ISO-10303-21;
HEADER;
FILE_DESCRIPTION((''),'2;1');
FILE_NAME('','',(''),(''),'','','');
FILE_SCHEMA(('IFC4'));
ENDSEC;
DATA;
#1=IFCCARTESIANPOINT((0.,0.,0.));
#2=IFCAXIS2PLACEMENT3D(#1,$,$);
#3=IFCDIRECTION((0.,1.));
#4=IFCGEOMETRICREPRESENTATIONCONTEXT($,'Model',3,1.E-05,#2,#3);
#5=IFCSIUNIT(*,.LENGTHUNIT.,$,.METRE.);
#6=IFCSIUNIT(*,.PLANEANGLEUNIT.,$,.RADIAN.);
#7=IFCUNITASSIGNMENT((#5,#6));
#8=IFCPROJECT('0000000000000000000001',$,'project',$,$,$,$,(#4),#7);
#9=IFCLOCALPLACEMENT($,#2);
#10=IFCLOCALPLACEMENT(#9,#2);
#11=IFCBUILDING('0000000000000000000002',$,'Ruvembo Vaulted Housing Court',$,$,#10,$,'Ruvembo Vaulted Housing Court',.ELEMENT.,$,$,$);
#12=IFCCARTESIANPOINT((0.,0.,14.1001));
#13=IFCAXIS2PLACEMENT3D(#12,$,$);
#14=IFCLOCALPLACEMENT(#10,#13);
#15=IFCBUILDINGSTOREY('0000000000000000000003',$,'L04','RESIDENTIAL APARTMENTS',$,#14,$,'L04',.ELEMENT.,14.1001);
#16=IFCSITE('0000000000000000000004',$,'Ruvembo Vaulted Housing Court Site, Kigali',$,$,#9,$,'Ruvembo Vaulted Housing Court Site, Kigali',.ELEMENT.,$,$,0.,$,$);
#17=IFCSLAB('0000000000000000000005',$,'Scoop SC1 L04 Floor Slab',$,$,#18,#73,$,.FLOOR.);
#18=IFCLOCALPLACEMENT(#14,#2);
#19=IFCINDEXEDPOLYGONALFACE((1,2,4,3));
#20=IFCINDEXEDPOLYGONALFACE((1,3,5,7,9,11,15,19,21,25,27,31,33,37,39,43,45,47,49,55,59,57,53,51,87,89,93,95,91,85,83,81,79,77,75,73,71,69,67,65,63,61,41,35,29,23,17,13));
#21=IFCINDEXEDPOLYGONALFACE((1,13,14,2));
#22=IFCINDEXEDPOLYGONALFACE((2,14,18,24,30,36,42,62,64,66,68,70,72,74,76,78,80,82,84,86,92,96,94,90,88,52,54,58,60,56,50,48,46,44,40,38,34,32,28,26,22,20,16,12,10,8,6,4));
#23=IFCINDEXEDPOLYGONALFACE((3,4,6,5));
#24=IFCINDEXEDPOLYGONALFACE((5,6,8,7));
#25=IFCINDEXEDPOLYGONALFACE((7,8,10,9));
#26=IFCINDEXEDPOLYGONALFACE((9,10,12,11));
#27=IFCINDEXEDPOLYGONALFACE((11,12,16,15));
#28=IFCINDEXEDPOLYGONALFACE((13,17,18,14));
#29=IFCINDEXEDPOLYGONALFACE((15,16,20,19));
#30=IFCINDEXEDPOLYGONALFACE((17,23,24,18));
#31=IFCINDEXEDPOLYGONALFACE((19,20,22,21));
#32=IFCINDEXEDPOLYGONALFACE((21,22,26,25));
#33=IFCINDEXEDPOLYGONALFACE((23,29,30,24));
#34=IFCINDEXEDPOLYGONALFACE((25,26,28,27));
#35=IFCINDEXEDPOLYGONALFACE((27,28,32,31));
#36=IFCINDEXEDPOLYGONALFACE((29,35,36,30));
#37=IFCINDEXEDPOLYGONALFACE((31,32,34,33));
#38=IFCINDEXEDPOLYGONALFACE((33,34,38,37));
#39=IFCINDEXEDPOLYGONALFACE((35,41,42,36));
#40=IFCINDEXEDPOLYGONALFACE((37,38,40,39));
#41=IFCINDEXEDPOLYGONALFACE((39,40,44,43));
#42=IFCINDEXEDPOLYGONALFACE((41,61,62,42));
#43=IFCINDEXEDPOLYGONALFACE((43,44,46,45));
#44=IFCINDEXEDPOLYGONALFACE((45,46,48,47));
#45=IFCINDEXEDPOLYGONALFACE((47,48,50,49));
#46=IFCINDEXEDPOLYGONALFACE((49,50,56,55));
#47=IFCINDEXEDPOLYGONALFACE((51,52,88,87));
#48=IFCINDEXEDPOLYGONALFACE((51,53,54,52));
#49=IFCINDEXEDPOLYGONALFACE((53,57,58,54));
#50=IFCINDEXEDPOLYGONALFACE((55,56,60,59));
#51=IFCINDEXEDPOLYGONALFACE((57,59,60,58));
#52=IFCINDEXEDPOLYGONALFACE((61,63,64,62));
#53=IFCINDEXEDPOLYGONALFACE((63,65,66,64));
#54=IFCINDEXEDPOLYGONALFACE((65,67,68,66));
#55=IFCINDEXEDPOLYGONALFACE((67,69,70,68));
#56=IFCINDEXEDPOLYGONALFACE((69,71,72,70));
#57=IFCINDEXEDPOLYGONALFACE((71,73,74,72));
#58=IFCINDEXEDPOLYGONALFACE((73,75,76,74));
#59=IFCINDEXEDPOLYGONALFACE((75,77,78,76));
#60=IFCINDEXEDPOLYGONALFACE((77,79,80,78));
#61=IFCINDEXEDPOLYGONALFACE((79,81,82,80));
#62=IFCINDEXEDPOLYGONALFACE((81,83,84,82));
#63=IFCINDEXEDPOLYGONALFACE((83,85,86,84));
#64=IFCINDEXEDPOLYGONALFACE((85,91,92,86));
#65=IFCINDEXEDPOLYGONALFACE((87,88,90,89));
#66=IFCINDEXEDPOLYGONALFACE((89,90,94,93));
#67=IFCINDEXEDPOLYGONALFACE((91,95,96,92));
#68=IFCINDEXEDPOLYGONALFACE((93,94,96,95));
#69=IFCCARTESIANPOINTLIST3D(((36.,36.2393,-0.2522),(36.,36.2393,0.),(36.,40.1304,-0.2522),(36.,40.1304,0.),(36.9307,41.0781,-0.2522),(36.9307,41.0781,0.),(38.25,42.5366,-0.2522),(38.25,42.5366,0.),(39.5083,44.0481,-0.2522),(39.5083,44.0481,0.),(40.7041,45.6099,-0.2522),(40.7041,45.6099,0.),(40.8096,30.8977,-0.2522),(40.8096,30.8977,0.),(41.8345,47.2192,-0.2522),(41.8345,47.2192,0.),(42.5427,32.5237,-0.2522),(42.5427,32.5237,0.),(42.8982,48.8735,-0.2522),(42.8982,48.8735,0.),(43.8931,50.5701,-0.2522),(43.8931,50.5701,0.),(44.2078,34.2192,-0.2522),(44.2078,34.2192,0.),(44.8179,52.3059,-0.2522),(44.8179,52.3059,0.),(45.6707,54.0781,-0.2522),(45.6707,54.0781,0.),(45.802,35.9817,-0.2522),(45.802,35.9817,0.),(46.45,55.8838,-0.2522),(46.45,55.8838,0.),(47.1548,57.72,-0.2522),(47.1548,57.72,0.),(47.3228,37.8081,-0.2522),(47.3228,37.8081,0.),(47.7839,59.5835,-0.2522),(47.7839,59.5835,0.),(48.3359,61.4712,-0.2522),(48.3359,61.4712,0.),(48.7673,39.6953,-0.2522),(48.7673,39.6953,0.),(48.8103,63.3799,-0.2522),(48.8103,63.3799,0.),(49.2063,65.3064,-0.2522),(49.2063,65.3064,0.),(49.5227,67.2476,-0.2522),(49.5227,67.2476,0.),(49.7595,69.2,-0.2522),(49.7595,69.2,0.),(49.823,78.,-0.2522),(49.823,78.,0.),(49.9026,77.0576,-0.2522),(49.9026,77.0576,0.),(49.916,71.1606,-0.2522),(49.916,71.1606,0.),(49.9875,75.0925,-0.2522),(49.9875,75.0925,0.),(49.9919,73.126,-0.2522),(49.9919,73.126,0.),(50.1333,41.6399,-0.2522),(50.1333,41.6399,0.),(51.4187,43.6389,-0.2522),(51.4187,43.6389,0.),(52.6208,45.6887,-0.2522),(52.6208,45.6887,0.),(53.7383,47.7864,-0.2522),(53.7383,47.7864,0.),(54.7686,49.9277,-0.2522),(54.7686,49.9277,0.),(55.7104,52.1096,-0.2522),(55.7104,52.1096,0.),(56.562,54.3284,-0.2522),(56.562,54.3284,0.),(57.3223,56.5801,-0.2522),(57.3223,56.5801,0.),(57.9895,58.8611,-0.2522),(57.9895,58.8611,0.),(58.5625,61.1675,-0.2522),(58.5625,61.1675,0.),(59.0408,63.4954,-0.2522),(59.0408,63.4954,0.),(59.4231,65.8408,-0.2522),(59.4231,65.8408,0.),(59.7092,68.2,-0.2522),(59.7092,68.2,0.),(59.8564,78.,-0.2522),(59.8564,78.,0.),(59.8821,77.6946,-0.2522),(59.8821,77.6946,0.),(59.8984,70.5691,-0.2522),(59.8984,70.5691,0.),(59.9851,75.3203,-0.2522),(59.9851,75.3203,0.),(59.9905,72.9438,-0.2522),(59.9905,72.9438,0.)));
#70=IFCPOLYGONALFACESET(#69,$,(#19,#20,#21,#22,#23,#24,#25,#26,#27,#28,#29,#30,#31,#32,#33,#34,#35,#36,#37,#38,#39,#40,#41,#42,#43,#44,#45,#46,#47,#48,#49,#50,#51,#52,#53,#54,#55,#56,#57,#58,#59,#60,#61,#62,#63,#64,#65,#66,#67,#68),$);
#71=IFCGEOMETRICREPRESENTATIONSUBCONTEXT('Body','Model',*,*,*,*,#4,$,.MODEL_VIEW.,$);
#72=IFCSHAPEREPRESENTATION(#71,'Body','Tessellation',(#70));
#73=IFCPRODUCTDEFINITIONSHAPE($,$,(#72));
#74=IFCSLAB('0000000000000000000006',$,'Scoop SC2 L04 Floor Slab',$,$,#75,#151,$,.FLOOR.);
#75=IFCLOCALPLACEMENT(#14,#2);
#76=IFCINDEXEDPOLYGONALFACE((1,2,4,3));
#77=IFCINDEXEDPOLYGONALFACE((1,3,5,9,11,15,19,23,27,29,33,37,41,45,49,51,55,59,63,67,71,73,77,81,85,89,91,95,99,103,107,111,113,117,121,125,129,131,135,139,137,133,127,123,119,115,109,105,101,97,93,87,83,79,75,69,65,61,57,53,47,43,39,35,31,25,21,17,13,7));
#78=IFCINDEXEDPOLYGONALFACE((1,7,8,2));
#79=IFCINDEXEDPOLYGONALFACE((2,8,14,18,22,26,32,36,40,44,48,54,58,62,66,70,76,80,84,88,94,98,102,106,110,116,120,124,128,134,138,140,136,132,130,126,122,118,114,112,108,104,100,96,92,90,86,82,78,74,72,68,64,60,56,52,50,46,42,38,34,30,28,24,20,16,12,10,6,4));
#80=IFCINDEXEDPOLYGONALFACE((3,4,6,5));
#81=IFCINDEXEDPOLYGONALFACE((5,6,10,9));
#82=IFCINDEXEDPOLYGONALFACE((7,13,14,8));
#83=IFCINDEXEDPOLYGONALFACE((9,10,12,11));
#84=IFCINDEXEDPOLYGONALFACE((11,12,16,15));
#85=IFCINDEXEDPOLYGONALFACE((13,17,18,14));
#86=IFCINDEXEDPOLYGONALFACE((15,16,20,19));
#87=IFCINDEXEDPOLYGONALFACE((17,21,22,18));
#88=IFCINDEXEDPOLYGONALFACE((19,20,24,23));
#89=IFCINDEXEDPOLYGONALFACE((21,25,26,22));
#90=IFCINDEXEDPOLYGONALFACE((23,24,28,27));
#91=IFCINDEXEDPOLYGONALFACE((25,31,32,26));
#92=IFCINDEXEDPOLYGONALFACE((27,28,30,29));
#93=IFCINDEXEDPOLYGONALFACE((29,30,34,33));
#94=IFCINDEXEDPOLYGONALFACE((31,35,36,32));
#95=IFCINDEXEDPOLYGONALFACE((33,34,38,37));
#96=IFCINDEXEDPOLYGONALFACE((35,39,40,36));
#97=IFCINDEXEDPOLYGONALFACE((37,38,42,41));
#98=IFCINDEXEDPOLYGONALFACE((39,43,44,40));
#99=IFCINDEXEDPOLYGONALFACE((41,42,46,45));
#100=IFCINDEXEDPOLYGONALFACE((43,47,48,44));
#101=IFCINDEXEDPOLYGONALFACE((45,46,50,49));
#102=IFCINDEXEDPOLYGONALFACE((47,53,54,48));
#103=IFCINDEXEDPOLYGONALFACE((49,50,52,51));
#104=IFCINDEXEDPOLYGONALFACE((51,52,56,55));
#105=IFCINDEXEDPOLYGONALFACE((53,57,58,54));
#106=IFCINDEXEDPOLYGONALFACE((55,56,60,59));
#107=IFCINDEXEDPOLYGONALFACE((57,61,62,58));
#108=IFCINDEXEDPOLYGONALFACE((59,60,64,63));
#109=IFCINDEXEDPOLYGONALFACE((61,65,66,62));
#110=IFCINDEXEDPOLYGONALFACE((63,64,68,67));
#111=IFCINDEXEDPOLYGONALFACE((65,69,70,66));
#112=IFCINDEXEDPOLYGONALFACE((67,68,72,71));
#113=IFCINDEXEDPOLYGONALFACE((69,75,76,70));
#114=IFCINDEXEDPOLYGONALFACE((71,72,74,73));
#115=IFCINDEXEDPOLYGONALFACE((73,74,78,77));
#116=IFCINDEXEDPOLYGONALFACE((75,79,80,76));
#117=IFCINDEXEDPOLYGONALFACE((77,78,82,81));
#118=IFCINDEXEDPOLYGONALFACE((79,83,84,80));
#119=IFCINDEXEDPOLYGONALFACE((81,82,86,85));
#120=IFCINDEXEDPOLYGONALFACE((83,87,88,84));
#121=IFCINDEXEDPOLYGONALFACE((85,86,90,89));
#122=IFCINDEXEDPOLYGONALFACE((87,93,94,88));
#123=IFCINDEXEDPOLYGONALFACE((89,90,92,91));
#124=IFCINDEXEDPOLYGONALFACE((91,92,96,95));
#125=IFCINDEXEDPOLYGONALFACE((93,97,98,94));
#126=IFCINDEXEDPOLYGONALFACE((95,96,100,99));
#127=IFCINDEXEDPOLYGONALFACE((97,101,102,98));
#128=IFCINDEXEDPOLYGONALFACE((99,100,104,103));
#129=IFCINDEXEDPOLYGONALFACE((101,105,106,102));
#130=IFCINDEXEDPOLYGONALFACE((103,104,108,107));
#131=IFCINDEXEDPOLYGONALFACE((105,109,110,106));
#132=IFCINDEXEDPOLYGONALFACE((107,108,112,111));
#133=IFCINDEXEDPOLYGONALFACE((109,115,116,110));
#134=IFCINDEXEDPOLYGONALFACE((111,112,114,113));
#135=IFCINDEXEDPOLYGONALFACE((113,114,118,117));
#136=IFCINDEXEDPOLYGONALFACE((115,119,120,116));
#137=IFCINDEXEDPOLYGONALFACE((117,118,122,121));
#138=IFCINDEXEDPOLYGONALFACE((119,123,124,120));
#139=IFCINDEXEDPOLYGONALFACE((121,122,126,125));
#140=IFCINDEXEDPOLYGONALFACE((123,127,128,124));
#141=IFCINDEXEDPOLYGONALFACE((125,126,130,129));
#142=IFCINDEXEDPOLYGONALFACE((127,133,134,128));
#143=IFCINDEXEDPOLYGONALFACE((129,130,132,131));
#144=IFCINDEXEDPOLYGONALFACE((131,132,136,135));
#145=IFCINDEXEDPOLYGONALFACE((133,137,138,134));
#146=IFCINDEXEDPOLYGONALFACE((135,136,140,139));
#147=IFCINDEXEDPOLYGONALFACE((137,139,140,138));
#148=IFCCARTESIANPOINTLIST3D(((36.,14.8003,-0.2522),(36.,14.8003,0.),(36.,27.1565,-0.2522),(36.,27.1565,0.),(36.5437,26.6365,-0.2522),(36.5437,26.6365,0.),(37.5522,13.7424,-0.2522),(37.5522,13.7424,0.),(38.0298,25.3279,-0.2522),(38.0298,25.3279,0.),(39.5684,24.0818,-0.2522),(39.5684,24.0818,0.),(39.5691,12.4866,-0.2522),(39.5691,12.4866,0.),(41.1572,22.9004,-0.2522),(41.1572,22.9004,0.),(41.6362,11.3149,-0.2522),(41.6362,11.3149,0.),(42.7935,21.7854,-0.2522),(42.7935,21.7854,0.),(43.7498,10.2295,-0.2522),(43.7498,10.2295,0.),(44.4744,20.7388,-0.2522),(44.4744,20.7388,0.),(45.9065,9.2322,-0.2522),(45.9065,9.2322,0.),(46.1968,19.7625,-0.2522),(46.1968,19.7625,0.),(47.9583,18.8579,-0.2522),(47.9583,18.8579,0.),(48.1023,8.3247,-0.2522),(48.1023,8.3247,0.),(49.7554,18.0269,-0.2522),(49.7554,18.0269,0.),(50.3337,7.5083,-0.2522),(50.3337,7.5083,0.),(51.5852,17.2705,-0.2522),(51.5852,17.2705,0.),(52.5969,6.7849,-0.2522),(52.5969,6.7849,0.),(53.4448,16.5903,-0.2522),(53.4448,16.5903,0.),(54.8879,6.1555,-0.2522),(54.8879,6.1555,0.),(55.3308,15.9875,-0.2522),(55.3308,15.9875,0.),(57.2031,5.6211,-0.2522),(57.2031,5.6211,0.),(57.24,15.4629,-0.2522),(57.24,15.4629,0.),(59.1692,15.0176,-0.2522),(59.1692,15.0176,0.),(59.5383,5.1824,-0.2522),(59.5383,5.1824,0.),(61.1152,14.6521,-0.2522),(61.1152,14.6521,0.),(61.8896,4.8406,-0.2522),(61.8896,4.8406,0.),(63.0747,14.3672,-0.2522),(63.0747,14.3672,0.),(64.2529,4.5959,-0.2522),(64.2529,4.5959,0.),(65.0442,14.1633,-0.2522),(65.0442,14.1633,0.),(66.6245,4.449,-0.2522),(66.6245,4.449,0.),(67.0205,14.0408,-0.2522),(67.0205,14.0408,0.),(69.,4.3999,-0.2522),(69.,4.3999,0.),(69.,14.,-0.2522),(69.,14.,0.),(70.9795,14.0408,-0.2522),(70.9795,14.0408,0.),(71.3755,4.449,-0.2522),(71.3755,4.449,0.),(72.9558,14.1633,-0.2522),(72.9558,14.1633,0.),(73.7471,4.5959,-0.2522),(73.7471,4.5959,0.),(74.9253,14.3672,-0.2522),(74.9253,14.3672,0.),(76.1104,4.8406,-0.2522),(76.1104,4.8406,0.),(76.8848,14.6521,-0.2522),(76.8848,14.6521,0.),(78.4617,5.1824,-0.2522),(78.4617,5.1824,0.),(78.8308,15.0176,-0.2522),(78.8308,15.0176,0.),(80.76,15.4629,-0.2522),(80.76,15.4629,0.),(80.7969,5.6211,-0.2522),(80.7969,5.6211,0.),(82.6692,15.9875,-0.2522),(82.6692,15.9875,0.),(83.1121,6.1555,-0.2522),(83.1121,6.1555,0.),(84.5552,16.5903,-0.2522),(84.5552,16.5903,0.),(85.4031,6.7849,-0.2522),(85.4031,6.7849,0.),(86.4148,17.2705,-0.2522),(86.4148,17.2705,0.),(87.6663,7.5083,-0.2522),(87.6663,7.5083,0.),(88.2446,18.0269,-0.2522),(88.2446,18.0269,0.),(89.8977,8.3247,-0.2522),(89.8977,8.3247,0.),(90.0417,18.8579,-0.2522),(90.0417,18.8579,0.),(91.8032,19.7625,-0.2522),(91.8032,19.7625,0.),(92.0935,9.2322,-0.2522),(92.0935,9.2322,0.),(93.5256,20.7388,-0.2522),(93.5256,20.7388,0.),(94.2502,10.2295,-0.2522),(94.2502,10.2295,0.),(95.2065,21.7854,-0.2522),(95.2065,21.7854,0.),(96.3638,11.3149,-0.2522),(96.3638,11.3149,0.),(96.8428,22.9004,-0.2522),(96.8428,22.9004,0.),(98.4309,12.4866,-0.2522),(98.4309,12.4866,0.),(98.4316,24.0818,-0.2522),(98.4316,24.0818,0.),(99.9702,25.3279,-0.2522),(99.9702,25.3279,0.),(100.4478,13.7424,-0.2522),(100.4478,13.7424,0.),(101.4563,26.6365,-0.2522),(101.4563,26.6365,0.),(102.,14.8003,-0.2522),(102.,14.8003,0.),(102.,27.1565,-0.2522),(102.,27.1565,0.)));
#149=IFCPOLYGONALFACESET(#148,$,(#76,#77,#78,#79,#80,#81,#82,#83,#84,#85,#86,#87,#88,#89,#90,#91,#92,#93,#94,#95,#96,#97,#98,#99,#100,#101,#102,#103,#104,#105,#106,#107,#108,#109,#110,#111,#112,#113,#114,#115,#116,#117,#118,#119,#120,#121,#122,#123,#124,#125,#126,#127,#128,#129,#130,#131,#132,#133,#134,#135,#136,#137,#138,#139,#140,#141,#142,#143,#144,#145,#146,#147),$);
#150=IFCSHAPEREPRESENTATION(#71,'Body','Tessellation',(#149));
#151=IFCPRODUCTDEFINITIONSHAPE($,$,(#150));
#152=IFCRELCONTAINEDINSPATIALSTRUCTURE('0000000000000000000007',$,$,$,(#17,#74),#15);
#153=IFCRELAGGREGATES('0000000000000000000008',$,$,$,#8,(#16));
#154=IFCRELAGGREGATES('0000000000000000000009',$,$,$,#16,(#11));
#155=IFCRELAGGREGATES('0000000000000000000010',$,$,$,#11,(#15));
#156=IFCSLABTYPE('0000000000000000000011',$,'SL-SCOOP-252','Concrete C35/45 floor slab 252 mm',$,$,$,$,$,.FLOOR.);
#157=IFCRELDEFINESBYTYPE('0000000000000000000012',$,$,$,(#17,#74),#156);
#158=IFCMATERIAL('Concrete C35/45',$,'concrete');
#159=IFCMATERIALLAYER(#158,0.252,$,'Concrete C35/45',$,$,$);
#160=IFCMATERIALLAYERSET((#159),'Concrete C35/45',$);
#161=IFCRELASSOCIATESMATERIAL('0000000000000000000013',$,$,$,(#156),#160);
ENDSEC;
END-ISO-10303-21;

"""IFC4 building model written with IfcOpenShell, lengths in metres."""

from ifc_helpers import new_model, si_unit, direction, frame, origin, place, context, subcontext, project, spatial, polyline, outline, extrude, material, layer, layer_set, type_object, element, save


model = new_model("IFC4")

# Units and contexts
model_context = context("Model", 3, precision=1e-05, world=origin(), true_north=direction((0.0, 1.0)))
body_context = subcontext(model_context, "Body", "Model", "MODEL_VIEW")
ifc_project = project(units=[si_unit("LENGTHUNIT", "METRE"), si_unit("PLANEANGLEUNIT", "RADIAN")], contexts=[model_context])

# Site, building, storey
site_placement = place(None, origin())
site = spatial("IfcSite", under=ifc_project, at=site_placement, Name="Ruvembo Vaulted Housing Court Site, Kigali", LongName="Ruvembo Vaulted Housing Court Site, Kigali", CompositionType="ELEMENT", RefElevation=0.0)
building_placement = place(site_placement, origin())
building = spatial("IfcBuilding", under=site, at=building_placement, Name="Ruvembo Vaulted Housing Court", LongName="Ruvembo Vaulted Housing Court", CompositionType="ELEMENT")
storey_placement = place(building_placement, frame((0.0, 0.0, 14.1001)))
storey = spatial("IfcBuildingStorey", under=building, at=storey_placement, Name="L04", Description="RESIDENTIAL APARTMENTS", LongName="L04", CompositionType="ELEMENT", Elevation=14.1001)

# Shared definitions
ifc_material_1 = material(Name="Concrete C35/45", Category="concrete")

# Slabs
ifc_layer_1 = layer(ifc_material_1, 0.252, Name="Concrete C35/45")
ifc_layer_set_1 = layer_set([ifc_layer_1], Name="Concrete C35/45")
slab_type_1 = type_object("IfcSlabType", Name="SL-SCOOP-252", Description="Concrete C35/45 floor slab 252 mm", PredefinedType="FLOOR", material=ifc_layer_set_1)
slab_1_placement = place(storey_placement, frame((0.0, 0.0, -0.2522)))
element("IfcSlab", 1, at=slab_1_placement, inside=storey, type_object=slab_type_1, Name="Scoop SC1 L04 Floor Slab", PredefinedType="FLOOR", context=body_context, shape_type="SweptSolid", body=[
    extrude(outline(polyline([(36.0, 40.1304), (36.0, 36.2393), (40.8096, 30.8977), (42.5427, 32.5237), (44.2078, 34.2192), (45.802, 35.9817), (47.3228, 37.8081), (48.7673, 39.6953), (50.1333, 41.6399), (51.4187, 43.6389), (52.6208, 45.6887), (53.7383, 47.7864), (54.7686, 49.9277), (55.7104, 52.1096), (56.562, 54.3284), (57.3223, 56.5801), (57.9895, 58.8611), (58.5625, 61.1675), (59.0408, 63.4954), (59.4231, 65.8408), (59.7092, 68.2), (59.8984, 70.5691), (59.9905, 72.9438), (59.9851, 75.3203), (59.8821, 77.6946), (59.8564, 78.0), (49.823, 78.0), (49.9026, 77.0576), (49.9875, 75.0925), (49.9919, 73.126), (49.916, 71.1606), (49.7595, 69.2), (49.5227, 67.2476), (49.2063, 65.3064), (48.8103, 63.3799), (48.3359, 61.4712), (47.7839, 59.5835), (47.1548, 57.72), (46.45, 55.8838), (45.6707, 54.0781), (44.8179, 52.3059), (43.8931, 50.5701), (42.8982, 48.8735), (41.8345, 47.2192), (40.7041, 45.6099), (39.5083, 44.0481), (38.25, 42.5366), (36.9307, 41.0781), (36.0, 40.1304)])), origin(), (0.0, 0.0, 1.0), 0.2522),
])
slab_2_placement = place(storey_placement, frame((0.0, 0.0, -0.2522)))
element("IfcSlab", 2, at=slab_2_placement, inside=storey, type_object=slab_type_1, Name="Scoop SC2 L04 Floor Slab", PredefinedType="FLOOR", context=body_context, shape_type="SweptSolid", body=[
    extrude(outline(polyline([(36.0, 27.1565), (36.0, 14.8003), (37.5522, 13.7424), (39.5691, 12.4866), (41.6362, 11.3149), (43.7498, 10.2295), (45.9065, 9.2322), (48.1023, 8.3247), (50.3337, 7.5083), (52.5969, 6.7849), (54.8879, 6.1555), (57.2031, 5.6211), (59.5383, 5.1824), (61.8896, 4.8406), (64.2529, 4.5959), (66.6245, 4.449), (69.0, 4.3999), (71.3755, 4.449), (73.7471, 4.5959), (76.1104, 4.8406), (78.4617, 5.1824), (80.7969, 5.6211), (83.1121, 6.1555), (85.4031, 6.7849), (87.6663, 7.5083), (89.8977, 8.3247), (92.0935, 9.2322), (94.2502, 10.2295), (96.3638, 11.3149), (98.4309, 12.4866), (100.4478, 13.7424), (102.0, 14.8003), (102.0, 27.1565), (101.4563, 26.6365), (99.9702, 25.3279), (98.4316, 24.0818), (96.8428, 22.9004), (95.2065, 21.7854), (93.5256, 20.7388), (91.8032, 19.7625), (90.0417, 18.8579), (88.2446, 18.0269), (86.4148, 17.2705), (84.5552, 16.5903), (82.6692, 15.9875), (80.76, 15.4629), (78.8308, 15.0176), (76.8848, 14.6521), (74.9253, 14.3672), (72.9558, 14.1633), (70.9795, 14.0408), (69.0, 14.0), (67.0205, 14.0408), (65.0442, 14.1633), (63.0747, 14.3672), (61.1152, 14.6521), (59.1692, 15.0176), (57.24, 15.4629), (55.3308, 15.9875), (53.4448, 16.5903), (51.5852, 17.2705), (49.7554, 18.0269), (47.9583, 18.8579), (46.1968, 19.7625), (44.4744, 20.7388), (42.7935, 21.7854), (41.1572, 22.9004), (39.5684, 24.0818), (38.0298, 25.3279), (36.5437, 26.6365), (36.0, 27.1565)])), origin(), (0.0, 0.0, 1.0), 0.2522),
])

save(model, "model.ifc")
